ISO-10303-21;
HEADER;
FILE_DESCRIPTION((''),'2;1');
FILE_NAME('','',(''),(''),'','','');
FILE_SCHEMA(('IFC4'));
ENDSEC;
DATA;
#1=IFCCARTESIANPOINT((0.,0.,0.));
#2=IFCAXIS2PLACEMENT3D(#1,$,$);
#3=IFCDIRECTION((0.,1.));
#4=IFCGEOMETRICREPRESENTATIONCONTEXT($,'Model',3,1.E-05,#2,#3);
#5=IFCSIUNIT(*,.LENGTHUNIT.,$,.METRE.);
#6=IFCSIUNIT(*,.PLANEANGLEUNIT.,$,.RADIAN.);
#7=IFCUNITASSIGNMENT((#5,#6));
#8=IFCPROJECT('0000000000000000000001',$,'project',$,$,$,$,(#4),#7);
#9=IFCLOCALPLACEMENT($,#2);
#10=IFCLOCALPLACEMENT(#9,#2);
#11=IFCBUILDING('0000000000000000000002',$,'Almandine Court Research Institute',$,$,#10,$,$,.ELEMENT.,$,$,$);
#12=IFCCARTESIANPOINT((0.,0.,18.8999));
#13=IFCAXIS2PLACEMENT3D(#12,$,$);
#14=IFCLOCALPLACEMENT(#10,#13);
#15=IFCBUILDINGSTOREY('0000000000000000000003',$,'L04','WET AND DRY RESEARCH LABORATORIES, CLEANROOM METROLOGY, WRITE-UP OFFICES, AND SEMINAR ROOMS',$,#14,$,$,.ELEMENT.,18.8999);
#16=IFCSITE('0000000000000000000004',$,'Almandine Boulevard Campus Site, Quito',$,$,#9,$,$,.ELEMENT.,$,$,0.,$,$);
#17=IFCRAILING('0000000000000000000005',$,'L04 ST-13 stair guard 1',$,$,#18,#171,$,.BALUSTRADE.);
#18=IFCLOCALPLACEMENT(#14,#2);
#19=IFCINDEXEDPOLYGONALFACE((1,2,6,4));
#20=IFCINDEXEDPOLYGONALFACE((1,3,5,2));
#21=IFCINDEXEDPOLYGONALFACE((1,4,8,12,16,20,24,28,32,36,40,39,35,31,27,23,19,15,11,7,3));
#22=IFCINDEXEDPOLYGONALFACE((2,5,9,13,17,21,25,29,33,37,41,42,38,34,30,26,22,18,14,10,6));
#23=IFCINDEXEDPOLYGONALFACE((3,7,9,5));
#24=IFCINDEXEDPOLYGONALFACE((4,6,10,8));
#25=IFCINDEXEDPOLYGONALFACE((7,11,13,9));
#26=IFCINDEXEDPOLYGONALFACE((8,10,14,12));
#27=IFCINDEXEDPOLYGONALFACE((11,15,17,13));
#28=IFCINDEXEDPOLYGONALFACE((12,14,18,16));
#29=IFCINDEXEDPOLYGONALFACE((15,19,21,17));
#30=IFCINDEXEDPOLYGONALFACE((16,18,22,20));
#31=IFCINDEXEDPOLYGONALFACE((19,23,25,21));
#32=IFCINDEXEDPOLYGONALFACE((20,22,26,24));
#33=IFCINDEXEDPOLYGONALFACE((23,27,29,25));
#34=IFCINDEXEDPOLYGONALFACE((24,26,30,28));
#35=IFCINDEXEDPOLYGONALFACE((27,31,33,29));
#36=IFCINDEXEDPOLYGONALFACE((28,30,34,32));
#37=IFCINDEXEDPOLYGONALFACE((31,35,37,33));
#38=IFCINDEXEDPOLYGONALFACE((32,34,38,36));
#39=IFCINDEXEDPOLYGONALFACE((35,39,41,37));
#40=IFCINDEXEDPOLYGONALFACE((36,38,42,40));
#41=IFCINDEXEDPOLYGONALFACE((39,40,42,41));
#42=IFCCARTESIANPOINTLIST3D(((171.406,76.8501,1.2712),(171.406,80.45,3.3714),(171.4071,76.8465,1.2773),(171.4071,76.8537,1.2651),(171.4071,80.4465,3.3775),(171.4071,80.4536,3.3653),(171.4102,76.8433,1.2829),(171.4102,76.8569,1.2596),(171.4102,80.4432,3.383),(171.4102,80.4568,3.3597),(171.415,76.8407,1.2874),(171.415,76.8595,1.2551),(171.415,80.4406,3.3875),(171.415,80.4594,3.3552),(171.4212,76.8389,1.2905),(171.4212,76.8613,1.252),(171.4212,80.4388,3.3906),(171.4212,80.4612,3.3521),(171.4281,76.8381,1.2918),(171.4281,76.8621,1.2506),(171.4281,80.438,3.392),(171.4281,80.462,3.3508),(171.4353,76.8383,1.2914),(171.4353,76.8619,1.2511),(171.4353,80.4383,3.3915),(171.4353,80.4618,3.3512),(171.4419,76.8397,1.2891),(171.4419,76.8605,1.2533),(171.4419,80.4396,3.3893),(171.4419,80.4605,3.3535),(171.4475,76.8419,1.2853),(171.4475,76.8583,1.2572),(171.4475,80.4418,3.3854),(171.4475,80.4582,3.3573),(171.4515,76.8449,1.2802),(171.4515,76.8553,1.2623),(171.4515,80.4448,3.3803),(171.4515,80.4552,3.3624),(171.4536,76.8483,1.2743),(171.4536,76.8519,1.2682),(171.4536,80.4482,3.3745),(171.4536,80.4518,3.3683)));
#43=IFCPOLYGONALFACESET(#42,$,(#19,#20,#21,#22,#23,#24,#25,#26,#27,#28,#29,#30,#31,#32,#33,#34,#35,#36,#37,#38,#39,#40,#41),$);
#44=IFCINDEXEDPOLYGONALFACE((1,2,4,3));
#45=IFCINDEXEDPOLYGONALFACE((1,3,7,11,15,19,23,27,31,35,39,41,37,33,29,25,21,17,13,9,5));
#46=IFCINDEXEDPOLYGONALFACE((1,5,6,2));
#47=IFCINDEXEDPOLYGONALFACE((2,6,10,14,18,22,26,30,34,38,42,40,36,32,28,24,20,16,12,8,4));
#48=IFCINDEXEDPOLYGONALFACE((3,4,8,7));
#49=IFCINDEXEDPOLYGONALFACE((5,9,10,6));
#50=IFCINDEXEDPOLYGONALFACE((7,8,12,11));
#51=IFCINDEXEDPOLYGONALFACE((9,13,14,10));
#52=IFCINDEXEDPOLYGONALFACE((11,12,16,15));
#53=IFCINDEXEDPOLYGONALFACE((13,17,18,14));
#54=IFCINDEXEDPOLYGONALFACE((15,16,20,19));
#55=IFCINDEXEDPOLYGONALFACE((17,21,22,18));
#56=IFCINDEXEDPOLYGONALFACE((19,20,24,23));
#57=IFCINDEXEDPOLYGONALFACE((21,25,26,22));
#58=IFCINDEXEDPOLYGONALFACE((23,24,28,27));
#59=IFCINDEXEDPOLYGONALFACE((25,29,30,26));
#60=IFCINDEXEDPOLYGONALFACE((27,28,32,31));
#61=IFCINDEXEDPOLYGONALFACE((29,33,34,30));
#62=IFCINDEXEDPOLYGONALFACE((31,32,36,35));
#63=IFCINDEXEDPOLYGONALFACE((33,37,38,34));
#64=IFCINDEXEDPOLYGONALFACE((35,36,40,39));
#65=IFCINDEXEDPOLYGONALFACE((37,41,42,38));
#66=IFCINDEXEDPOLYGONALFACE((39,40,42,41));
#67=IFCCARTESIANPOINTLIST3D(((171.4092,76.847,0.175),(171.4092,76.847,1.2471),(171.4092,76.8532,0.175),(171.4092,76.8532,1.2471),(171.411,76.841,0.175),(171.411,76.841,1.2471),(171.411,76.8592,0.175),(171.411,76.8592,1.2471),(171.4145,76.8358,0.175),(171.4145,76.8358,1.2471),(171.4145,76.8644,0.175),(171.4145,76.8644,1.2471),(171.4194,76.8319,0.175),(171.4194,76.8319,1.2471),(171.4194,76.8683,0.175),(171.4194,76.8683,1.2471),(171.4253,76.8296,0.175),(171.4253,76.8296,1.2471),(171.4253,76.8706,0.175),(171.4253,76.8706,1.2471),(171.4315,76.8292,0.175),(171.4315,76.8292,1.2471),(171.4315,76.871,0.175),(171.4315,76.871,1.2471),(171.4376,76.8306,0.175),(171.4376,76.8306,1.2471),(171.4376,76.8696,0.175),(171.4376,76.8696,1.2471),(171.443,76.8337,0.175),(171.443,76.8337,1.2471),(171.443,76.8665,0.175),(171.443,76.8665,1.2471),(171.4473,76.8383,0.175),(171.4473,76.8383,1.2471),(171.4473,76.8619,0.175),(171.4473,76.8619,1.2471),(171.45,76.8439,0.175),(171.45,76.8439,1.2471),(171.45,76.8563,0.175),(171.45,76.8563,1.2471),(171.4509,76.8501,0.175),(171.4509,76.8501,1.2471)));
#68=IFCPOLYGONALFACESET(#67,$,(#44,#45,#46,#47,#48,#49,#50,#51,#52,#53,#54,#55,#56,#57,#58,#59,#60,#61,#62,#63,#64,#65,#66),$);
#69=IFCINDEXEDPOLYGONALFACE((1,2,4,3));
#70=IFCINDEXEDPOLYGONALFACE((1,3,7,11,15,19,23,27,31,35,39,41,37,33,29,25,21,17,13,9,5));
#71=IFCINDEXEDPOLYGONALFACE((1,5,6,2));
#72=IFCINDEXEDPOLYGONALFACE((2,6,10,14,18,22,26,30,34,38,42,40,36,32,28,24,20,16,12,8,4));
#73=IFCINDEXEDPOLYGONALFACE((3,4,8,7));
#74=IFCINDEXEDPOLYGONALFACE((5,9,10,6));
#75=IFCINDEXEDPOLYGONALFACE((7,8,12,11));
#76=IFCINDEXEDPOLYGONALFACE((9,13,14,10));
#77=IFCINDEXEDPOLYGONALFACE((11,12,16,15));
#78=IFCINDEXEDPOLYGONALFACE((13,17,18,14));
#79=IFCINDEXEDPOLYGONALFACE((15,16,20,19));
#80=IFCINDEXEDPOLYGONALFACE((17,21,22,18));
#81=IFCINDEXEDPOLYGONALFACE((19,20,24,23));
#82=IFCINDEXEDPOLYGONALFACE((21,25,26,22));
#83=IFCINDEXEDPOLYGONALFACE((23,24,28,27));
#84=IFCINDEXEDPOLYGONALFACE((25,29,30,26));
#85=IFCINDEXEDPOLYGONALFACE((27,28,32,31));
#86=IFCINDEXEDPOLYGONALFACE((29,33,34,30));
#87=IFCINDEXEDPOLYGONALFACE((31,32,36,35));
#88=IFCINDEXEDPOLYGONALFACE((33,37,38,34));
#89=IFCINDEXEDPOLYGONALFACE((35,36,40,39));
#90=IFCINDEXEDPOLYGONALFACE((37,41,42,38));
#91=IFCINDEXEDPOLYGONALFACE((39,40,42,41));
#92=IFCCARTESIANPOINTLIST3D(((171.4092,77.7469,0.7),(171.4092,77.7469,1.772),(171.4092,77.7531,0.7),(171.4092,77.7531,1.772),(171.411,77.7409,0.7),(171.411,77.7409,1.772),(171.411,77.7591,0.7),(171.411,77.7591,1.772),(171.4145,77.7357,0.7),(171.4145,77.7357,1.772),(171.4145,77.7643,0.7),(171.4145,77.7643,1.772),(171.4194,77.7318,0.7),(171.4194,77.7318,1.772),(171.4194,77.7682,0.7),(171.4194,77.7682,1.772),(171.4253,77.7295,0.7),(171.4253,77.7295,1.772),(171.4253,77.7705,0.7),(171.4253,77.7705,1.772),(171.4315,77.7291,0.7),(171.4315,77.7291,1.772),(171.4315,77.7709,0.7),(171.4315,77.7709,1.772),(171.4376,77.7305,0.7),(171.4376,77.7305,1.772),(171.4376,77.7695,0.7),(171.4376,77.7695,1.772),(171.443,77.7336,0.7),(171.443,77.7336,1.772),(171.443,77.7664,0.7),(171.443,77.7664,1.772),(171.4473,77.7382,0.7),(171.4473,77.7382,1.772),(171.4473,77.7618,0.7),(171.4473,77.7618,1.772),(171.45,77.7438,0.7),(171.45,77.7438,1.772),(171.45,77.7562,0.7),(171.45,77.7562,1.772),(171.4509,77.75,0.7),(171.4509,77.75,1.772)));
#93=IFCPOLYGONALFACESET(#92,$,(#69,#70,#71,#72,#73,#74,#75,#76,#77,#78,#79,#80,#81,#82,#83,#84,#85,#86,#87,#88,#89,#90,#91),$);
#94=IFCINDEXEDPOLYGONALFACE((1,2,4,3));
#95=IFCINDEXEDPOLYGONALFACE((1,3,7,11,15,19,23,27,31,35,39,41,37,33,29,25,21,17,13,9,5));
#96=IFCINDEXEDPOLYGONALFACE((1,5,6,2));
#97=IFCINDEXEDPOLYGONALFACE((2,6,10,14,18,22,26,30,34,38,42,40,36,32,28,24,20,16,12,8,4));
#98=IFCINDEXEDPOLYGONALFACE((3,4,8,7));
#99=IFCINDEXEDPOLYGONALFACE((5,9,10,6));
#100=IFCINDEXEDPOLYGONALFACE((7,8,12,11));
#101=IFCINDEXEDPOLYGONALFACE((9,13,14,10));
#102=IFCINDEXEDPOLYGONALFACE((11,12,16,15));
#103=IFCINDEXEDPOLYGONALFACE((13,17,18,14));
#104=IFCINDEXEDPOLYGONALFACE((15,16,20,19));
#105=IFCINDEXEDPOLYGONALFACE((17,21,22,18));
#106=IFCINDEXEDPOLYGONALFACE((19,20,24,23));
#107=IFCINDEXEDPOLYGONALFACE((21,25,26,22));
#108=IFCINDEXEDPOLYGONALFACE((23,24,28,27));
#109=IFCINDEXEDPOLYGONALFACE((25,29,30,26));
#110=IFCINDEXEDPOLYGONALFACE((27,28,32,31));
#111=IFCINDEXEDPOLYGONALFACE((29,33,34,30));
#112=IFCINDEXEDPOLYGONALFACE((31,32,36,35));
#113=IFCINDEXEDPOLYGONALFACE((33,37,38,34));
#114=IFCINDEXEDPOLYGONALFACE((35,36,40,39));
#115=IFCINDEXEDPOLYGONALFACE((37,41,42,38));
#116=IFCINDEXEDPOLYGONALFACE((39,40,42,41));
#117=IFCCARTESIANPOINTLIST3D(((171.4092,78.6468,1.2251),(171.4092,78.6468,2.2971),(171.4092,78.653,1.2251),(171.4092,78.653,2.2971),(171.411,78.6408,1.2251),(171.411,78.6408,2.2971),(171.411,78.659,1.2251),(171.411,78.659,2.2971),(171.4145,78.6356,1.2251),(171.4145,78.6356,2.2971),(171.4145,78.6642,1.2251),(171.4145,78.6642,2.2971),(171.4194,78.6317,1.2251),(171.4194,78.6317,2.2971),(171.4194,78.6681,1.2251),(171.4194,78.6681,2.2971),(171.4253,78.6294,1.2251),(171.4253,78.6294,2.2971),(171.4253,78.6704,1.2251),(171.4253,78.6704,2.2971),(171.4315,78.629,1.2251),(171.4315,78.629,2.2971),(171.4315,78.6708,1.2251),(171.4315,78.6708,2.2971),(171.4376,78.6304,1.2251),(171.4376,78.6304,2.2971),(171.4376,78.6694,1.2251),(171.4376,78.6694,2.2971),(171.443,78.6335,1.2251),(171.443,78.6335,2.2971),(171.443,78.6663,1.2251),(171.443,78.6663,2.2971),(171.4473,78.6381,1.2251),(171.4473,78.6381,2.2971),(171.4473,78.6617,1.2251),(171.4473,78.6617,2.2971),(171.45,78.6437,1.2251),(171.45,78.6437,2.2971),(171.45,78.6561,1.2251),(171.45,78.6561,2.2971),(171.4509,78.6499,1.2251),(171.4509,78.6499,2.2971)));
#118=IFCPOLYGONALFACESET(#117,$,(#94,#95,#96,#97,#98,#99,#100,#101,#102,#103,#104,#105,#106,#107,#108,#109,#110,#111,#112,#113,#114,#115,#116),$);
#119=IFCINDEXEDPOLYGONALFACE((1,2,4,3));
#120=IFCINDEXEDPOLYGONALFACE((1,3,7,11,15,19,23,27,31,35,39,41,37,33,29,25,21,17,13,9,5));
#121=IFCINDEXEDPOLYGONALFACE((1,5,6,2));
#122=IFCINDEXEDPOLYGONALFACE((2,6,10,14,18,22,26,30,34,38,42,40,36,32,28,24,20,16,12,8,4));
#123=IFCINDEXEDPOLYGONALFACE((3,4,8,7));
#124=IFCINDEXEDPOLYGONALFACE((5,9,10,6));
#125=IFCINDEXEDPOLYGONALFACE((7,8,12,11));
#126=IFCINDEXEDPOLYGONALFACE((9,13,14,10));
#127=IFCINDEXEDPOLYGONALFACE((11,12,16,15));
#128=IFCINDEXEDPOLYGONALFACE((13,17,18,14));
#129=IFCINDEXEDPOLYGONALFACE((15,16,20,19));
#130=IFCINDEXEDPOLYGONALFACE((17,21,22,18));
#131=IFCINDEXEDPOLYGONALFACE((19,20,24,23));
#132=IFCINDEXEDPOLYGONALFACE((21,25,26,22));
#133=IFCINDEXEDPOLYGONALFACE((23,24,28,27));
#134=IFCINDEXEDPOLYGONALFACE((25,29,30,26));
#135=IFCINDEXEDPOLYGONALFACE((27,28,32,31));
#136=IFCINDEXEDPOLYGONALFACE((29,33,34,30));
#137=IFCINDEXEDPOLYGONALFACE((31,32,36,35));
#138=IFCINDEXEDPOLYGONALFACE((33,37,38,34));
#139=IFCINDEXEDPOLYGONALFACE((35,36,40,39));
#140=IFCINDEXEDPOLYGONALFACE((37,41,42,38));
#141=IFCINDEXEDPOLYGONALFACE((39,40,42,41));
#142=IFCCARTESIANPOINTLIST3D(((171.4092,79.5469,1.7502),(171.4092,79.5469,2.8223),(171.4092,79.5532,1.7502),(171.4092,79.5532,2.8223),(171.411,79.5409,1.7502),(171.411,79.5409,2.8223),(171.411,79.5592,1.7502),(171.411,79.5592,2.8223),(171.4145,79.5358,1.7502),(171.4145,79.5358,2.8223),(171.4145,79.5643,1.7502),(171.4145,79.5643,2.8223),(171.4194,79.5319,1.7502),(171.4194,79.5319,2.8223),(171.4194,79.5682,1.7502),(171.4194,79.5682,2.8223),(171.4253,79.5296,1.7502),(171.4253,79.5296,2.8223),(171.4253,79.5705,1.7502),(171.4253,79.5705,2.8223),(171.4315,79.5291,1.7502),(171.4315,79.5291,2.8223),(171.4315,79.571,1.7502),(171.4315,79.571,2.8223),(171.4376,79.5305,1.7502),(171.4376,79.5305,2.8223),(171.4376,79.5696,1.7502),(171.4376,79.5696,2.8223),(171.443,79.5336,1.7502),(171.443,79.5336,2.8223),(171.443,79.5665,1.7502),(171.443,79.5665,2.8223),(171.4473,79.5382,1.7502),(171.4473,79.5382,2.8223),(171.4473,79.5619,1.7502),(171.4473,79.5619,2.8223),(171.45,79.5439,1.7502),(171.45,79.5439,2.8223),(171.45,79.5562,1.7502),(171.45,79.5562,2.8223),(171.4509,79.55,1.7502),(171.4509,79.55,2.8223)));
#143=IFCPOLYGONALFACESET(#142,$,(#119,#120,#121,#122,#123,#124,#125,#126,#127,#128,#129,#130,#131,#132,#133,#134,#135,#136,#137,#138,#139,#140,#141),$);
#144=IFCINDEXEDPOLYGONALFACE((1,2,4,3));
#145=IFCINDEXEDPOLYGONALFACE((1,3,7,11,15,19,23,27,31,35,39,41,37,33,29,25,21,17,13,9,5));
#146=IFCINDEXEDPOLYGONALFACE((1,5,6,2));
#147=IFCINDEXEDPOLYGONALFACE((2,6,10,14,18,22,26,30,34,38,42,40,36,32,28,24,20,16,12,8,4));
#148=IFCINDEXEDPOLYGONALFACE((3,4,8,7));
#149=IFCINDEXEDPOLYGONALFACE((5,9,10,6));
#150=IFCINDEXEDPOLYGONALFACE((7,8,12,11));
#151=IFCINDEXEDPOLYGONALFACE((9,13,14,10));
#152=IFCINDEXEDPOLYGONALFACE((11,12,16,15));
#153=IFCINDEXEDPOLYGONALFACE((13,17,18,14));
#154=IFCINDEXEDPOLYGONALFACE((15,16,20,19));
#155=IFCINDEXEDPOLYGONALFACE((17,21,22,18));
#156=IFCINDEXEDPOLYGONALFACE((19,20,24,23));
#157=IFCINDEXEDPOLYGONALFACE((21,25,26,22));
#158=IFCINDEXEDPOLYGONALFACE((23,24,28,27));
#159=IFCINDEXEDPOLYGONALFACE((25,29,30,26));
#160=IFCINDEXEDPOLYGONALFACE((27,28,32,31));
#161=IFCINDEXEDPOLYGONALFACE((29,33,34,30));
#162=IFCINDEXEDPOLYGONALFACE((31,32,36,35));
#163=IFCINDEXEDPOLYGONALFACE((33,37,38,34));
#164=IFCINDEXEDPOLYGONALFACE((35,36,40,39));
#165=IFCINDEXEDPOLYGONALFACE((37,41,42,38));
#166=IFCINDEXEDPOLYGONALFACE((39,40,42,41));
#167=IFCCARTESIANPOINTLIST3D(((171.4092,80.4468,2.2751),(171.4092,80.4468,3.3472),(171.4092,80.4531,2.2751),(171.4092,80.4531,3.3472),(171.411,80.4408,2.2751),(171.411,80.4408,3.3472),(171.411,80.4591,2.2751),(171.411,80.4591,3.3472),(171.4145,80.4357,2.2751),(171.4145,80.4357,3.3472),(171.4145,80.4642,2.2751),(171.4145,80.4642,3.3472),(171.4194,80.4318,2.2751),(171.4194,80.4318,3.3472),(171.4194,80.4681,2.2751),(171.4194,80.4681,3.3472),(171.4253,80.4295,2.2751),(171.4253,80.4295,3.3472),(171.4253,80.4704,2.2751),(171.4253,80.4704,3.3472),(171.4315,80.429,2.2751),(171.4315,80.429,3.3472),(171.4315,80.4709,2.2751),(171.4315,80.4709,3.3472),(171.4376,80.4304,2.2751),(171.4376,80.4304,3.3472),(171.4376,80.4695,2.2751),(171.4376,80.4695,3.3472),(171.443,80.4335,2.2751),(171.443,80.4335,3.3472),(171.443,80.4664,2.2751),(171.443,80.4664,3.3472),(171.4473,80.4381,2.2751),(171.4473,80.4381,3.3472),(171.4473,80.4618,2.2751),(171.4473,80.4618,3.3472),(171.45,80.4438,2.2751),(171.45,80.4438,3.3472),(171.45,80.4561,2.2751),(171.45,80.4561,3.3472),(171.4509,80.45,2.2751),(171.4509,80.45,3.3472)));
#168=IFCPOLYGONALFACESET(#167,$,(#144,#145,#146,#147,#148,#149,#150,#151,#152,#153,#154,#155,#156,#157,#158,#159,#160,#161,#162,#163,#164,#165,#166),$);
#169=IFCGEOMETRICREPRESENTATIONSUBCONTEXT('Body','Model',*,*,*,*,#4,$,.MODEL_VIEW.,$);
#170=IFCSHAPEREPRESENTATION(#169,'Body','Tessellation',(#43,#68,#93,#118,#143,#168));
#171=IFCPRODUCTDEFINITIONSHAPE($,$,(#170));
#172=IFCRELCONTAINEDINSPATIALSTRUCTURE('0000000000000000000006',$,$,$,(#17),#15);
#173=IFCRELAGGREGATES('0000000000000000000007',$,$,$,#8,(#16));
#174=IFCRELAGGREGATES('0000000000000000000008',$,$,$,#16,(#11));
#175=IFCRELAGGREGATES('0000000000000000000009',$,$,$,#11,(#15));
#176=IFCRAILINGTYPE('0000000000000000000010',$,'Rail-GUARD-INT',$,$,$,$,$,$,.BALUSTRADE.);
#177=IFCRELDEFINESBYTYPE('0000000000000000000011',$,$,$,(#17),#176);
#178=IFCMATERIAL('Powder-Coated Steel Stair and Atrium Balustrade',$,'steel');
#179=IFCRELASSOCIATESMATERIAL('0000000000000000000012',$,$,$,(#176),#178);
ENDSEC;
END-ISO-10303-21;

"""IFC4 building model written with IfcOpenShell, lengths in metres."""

from ifc_helpers import new_model, si_unit, direction, frame, origin, origin_2d, place, context, subcontext, project, spatial, circle, extrude, material, type_object, element, save


model = new_model("IFC4")

# Units and contexts
model_context = context("Model", 3, precision=1e-05, world=origin(), true_north=direction((0.0, 1.0)))
body_context = subcontext(model_context, "Body", "Model", "MODEL_VIEW")
ifc_project = project(units=[si_unit("LENGTHUNIT", "METRE"), si_unit("PLANEANGLEUNIT", "RADIAN")], contexts=[model_context])

# Site, building, storey
site_placement = place(None, origin())
site = spatial("IfcSite", under=ifc_project, at=site_placement, Name="Almandine Boulevard Campus Site, Quito", CompositionType="ELEMENT", RefElevation=0.0)
building_placement = place(site_placement, origin())
building = spatial("IfcBuilding", under=site, at=building_placement, Name="Almandine Court Research Institute", CompositionType="ELEMENT")
storey_placement = place(building_placement, frame((0.0, 0.0, 18.8999)))
storey = spatial("IfcBuildingStorey", under=building, at=storey_placement, Name="L04", Description="WET AND DRY RESEARCH LABORATORIES, CLEANROOM METROLOGY, WRITE-UP OFFICES, AND SEMINAR ROOMS", CompositionType="ELEMENT", Elevation=18.8999)

# Railing
ifc_material_1 = material(Name="Powder-Coated Steel Stair and Atrium Balustrade", Category="steel")
railing_type_1 = type_object("IfcRailingType", Name="Rail-GUARD-INT", PredefinedType="BALUSTRADE", material=ifc_material_1)
railing_1_placement = place(storey_placement, frame((171.4299, 76.8501, 0.175)))
element("IfcRailing", 1, at=railing_1_placement, inside=storey, type_object=railing_type_1, Name="L04 ST-13 stair guard 1", PredefinedType="BALUSTRADE", context=body_context, shape_type="SweptSolid", body=[
    extrude(circle(Radius=0.0239, at=origin_2d()), frame((0.0, 0.0, 1.0962), z_axis=(0.0, 0.86376, 0.503904), x_axis=(-1.0, 0.0, 0.0)), (0.0, 0.0, 1.0), 4.1677),
    extrude(circle(Radius=0.021, at=origin_2d()), origin(), (0.0, 0.0, 1.0), 1.072),
    extrude(circle(Radius=0.021, at=origin_2d()), frame((0.0, 0.8999, 0.5249)), (0.0, 0.0, 1.0), 1.072),
    extrude(circle(Radius=0.021, at=origin_2d()), frame((0.0, 1.7998, 1.05)), (0.0, 0.0, 1.0), 1.072),
    extrude(circle(Radius=0.021, at=origin_2d()), frame((0.0, 2.7, 1.5752)), (0.0, 0.0, 1.0), 1.072),
    extrude(circle(Radius=0.021, at=origin_2d()), frame((0.0, 3.5999, 2.1001)), (0.0, 0.0, 1.0), 1.072),
])

save(model, "model.ifc")
